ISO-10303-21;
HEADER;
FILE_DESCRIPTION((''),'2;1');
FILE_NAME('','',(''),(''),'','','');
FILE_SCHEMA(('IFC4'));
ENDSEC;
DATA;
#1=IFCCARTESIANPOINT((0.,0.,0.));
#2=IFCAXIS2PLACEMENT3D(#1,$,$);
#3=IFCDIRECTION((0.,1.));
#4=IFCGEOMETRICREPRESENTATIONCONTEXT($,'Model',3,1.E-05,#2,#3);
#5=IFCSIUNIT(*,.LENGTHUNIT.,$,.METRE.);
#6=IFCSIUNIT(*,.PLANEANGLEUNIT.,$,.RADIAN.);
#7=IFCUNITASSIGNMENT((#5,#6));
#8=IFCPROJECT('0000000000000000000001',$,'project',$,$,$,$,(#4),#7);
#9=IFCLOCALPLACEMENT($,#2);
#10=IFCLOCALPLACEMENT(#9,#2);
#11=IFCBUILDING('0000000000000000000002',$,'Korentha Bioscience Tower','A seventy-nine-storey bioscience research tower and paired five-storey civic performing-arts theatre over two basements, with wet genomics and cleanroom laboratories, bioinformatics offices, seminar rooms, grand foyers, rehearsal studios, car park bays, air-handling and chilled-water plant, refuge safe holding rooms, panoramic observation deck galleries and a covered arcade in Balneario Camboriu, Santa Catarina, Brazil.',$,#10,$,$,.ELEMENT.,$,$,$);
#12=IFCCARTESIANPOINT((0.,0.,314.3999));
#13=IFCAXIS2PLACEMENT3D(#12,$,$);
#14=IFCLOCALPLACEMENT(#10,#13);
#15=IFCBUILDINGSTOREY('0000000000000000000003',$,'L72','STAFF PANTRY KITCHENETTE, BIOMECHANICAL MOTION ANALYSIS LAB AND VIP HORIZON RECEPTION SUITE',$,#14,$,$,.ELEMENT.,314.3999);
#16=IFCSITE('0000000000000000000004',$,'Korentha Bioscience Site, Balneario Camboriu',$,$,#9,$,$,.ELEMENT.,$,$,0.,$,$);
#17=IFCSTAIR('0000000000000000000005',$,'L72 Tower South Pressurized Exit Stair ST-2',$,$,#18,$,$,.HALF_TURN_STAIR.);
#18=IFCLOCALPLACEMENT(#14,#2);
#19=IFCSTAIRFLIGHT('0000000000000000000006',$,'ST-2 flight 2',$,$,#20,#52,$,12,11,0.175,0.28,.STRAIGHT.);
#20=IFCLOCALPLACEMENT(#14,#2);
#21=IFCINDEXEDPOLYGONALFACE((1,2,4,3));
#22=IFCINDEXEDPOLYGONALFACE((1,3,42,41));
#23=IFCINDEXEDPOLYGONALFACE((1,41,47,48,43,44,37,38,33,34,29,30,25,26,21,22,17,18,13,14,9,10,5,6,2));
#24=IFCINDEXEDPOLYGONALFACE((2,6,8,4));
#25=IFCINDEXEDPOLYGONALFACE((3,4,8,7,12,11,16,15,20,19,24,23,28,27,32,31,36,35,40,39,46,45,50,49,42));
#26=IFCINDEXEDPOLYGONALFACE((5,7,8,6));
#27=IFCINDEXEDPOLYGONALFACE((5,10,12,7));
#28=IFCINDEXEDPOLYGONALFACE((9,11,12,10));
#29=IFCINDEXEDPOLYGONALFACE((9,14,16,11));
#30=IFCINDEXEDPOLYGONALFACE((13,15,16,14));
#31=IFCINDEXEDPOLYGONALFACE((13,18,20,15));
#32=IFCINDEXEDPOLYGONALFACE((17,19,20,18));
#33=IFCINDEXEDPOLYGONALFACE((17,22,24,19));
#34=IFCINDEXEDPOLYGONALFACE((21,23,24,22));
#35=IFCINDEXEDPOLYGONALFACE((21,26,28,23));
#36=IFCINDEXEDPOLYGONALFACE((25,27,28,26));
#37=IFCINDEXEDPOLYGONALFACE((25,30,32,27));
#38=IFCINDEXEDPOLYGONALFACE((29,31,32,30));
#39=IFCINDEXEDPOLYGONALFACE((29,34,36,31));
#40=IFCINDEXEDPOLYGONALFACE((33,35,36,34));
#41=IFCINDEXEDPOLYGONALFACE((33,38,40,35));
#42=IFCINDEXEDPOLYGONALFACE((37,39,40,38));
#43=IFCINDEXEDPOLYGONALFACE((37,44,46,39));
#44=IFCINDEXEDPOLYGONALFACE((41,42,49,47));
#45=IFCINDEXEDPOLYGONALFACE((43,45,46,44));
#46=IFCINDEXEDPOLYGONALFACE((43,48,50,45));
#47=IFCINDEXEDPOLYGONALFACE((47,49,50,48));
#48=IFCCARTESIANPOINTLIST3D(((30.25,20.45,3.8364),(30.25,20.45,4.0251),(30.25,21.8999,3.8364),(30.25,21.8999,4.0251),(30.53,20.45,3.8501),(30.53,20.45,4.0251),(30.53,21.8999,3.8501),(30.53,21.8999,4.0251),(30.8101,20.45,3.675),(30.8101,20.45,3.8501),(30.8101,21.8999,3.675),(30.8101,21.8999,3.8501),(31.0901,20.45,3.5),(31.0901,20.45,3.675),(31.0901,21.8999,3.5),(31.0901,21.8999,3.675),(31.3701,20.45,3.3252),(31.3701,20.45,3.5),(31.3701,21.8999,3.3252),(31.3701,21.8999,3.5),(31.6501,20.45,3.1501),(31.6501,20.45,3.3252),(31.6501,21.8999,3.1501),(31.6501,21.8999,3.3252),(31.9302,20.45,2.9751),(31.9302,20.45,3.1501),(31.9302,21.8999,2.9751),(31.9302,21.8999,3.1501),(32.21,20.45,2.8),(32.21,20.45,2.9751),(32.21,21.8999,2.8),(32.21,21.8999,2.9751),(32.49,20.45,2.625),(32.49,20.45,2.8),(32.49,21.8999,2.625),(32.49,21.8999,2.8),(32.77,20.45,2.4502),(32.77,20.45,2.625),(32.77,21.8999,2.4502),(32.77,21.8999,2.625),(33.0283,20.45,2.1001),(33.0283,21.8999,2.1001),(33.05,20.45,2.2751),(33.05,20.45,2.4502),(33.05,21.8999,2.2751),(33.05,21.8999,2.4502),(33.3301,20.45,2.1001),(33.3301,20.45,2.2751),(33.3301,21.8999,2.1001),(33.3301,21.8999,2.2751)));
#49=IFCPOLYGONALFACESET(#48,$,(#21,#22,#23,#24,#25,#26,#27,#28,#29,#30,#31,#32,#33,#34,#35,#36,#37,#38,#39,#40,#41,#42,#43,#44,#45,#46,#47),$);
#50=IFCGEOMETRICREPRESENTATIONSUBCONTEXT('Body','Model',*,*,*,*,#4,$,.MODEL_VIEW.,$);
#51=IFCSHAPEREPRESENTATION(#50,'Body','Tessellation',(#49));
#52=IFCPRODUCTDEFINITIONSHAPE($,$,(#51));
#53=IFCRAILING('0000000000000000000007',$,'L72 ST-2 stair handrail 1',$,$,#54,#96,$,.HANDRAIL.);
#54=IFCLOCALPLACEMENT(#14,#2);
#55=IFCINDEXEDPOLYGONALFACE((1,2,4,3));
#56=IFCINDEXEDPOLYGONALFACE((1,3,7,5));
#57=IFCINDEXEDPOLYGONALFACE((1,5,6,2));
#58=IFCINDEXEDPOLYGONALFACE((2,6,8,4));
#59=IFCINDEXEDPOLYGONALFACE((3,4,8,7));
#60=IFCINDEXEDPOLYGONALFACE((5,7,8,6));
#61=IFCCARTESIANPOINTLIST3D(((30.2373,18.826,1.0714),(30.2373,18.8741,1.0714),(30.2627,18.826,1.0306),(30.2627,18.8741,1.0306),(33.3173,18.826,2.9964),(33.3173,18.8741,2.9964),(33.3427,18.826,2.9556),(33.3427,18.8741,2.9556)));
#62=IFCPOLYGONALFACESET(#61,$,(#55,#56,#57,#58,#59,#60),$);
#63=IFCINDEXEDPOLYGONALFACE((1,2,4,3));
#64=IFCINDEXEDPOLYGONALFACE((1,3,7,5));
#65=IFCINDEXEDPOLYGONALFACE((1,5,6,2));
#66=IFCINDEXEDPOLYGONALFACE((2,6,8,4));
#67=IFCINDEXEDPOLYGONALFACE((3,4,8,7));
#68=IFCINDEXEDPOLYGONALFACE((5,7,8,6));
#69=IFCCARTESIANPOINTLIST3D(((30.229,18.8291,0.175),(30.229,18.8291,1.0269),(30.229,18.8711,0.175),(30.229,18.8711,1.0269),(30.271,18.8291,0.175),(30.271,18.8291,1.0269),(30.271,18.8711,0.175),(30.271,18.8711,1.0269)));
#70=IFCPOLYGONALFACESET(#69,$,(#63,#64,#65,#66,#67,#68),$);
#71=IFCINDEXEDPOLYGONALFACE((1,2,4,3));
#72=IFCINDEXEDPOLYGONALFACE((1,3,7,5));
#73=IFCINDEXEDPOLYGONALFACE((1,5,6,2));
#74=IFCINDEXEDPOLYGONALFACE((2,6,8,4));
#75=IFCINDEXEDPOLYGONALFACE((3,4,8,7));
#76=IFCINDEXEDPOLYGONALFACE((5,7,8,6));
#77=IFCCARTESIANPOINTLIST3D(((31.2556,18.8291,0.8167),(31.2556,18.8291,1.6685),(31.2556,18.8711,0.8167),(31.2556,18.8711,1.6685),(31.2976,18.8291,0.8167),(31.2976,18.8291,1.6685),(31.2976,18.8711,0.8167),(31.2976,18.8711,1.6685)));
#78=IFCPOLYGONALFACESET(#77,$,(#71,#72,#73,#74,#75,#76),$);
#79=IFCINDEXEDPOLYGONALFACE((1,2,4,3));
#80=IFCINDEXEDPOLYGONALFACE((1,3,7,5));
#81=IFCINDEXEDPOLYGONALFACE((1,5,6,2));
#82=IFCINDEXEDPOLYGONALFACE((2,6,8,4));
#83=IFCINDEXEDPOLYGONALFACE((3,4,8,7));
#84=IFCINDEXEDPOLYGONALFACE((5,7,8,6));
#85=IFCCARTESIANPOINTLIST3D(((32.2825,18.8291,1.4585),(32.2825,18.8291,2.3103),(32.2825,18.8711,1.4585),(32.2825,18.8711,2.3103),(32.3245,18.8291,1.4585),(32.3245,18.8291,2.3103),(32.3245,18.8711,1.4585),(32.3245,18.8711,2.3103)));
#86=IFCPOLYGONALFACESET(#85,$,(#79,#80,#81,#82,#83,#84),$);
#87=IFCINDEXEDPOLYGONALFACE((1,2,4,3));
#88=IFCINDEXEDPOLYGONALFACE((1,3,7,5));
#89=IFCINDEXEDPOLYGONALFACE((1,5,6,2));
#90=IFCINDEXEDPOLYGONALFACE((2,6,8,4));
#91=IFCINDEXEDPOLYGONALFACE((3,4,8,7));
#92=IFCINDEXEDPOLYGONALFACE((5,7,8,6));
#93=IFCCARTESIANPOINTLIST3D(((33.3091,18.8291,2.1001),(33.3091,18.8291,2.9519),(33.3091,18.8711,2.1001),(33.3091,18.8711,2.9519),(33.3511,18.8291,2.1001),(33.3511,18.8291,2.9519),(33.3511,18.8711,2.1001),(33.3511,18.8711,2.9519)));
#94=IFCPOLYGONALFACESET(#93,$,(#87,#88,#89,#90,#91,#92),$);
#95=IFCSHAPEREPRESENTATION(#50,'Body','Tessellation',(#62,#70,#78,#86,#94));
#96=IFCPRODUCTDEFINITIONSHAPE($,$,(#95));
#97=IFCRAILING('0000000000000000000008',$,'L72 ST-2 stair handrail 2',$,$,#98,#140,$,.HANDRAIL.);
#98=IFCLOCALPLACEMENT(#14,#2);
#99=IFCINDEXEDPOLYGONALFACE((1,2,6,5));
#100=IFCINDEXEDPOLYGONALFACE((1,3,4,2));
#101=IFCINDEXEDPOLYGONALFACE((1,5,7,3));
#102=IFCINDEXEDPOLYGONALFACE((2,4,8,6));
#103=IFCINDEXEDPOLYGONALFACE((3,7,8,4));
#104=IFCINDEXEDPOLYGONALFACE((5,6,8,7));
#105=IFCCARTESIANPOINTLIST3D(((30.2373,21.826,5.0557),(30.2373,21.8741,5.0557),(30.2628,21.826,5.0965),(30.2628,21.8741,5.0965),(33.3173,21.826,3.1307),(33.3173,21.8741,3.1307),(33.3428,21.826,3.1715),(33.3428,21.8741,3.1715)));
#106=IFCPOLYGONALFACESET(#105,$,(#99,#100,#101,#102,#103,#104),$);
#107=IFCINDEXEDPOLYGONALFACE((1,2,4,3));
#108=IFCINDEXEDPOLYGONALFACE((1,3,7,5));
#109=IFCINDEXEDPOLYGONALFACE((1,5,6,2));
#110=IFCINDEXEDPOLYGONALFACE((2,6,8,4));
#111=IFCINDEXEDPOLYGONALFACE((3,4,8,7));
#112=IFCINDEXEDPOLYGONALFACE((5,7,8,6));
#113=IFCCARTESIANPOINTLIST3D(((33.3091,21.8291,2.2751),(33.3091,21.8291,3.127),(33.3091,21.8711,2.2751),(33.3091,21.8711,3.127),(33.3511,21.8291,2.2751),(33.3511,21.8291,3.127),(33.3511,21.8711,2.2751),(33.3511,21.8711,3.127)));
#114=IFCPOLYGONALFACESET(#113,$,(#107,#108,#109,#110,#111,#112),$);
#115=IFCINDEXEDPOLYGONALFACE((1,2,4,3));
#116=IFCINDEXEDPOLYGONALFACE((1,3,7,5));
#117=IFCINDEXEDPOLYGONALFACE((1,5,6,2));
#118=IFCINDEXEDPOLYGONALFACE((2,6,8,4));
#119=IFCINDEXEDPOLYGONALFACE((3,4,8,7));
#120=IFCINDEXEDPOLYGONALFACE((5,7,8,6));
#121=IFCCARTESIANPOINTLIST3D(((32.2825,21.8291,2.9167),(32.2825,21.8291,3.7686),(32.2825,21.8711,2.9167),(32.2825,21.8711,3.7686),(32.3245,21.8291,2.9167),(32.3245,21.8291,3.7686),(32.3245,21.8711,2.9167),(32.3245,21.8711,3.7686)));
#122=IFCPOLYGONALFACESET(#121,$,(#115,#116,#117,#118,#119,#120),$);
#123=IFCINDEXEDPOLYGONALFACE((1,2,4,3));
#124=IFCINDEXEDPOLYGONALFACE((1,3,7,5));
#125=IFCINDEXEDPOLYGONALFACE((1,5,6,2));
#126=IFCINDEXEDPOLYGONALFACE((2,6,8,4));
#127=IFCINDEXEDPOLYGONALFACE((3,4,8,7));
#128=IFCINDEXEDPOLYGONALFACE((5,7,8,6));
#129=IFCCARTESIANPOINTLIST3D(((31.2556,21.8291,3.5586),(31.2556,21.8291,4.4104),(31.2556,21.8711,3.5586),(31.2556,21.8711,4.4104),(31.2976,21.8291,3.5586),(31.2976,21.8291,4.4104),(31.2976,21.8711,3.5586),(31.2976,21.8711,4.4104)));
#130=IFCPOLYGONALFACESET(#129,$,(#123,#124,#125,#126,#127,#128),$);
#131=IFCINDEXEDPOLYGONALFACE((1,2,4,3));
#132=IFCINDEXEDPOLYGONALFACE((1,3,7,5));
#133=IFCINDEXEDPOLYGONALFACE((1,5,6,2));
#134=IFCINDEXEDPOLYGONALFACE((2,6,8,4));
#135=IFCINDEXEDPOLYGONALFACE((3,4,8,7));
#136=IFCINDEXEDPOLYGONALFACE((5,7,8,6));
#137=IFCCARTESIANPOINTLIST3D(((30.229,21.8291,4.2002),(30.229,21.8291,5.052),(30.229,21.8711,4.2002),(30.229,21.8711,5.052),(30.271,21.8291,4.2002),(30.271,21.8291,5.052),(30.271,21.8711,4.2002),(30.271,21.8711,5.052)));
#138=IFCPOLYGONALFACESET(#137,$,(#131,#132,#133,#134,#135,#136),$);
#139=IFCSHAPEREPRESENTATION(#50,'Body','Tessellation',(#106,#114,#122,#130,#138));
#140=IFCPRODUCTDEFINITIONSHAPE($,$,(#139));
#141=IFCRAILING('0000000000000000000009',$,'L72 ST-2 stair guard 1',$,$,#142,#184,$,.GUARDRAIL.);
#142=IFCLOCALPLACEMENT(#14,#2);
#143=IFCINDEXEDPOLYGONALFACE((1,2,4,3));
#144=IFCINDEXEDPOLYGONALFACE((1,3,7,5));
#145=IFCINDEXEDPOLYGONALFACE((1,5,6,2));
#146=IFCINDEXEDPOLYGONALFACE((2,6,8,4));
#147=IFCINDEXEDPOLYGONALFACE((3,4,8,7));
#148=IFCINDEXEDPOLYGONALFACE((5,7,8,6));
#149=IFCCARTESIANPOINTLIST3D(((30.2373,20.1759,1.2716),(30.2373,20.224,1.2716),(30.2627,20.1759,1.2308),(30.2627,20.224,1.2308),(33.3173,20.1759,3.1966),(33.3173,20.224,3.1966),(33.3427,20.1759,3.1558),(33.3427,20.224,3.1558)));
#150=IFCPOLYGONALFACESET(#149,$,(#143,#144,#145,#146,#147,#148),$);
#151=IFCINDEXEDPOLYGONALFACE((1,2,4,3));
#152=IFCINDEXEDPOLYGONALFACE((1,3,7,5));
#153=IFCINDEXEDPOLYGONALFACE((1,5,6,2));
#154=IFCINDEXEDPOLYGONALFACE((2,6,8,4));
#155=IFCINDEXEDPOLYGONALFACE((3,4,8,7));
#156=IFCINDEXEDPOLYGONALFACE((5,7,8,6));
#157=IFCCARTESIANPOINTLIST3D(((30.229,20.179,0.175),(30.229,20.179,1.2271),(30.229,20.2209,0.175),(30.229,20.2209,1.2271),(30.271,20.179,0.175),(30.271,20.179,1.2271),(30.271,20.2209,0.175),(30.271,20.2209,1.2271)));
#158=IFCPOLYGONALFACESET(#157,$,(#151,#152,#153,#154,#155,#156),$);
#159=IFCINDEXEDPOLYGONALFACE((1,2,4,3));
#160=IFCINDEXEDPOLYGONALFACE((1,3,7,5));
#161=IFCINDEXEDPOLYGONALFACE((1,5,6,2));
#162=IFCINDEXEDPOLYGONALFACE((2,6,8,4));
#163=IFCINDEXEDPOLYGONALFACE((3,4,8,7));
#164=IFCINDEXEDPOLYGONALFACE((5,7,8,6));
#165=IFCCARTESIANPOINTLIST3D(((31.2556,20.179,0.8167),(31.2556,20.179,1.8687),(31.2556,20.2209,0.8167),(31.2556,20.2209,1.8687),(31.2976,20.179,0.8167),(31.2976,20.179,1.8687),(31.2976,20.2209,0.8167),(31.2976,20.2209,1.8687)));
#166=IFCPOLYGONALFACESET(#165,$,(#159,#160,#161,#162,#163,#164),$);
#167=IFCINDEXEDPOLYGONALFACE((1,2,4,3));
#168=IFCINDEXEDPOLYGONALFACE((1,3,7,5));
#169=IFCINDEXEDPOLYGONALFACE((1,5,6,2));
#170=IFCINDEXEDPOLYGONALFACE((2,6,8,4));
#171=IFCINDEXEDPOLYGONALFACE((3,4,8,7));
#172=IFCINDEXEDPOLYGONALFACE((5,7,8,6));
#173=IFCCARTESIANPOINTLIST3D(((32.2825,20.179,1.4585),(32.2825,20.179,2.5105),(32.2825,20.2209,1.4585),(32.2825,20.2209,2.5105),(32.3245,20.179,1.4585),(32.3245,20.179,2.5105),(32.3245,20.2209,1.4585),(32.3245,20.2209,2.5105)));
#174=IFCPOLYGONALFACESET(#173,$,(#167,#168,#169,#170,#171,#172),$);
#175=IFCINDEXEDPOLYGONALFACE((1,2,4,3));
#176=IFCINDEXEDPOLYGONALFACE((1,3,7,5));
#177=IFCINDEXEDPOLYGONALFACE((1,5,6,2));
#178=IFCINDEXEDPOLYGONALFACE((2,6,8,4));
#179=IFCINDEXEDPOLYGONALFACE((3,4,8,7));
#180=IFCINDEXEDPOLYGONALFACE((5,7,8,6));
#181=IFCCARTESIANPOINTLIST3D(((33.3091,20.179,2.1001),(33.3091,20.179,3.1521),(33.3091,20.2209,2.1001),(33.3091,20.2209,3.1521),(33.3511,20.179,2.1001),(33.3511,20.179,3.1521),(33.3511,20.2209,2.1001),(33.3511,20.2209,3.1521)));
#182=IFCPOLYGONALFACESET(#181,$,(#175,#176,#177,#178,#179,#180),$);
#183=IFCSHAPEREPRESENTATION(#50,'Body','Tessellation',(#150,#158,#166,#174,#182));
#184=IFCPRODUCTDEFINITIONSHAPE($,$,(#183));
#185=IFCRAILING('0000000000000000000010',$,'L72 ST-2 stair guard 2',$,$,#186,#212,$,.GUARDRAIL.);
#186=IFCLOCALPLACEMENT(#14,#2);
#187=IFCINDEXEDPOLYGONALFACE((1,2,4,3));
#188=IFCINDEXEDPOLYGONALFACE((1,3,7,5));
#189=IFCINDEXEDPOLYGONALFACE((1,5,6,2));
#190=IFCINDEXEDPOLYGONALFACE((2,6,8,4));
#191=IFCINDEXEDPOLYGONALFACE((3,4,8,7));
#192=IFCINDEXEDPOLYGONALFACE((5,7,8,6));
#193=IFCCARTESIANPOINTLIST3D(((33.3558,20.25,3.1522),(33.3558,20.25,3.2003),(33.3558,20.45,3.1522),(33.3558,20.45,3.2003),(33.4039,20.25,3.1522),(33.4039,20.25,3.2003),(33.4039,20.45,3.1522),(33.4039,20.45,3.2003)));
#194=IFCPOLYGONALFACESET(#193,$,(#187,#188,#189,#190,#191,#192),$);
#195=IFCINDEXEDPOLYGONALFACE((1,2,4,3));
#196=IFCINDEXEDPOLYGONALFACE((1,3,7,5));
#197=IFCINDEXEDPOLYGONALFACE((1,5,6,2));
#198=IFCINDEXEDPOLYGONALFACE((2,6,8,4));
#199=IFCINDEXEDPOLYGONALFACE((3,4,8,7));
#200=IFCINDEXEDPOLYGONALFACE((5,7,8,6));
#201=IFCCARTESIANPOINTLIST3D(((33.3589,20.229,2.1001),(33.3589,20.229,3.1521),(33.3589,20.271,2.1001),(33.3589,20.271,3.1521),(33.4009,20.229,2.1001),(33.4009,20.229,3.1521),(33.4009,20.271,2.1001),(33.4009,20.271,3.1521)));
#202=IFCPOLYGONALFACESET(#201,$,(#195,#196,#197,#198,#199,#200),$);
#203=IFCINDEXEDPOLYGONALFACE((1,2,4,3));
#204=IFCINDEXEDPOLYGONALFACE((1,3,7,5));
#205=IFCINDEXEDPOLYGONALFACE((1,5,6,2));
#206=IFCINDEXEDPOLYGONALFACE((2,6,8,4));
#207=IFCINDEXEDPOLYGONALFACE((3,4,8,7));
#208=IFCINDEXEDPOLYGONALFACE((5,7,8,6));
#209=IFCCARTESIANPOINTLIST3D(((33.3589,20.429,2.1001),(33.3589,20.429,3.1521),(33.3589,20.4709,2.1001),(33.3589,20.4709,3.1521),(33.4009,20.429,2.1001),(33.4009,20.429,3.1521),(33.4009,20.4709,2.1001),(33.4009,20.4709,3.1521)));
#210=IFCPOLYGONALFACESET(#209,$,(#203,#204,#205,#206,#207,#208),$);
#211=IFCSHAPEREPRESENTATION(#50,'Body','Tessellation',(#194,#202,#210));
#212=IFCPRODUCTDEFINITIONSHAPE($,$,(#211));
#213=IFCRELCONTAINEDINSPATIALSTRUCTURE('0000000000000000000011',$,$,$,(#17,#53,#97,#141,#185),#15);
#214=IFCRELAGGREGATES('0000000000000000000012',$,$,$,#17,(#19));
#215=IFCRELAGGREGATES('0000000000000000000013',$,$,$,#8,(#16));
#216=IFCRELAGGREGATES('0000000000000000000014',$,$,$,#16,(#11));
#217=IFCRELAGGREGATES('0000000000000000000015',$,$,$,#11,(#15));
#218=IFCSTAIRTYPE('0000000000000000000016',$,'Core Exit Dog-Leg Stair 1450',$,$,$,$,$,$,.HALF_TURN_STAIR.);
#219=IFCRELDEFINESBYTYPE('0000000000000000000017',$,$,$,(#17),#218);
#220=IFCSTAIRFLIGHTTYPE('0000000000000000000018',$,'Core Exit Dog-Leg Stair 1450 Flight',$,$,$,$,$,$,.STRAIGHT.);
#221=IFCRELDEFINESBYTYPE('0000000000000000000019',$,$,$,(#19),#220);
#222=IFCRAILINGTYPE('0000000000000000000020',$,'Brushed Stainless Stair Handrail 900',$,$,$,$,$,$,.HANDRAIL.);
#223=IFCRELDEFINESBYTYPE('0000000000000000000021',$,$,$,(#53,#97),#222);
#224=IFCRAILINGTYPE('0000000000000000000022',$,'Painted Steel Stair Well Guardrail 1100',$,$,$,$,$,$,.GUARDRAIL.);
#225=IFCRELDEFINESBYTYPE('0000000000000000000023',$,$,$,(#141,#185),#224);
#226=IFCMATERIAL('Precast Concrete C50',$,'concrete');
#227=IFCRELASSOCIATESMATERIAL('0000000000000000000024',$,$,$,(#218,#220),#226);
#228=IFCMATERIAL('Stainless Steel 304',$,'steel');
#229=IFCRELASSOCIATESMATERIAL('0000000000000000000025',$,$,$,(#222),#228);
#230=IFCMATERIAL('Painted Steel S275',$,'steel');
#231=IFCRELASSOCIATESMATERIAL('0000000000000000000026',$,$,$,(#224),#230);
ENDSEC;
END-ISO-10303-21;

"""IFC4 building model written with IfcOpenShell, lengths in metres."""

from ifc_helpers import new_model, si_unit, direction, frame, origin, origin_2d, place, context, subcontext, project, spatial, polyline, rectangle, outline, extrude, material, type_object, element, aggregate, save


model = new_model("IFC4")

# Units and contexts
model_context = context("Model", 3, precision=1e-05, world=origin(), true_north=direction((0.0, 1.0)))
body_context = subcontext(model_context, "Body", "Model", "MODEL_VIEW")
ifc_project = project(units=[si_unit("LENGTHUNIT", "METRE"), si_unit("PLANEANGLEUNIT", "RADIAN")], contexts=[model_context])

# Site, building, storey
site_placement = place(None, origin())
site = spatial("IfcSite", under=ifc_project, at=site_placement, Name="Korentha Bioscience Site, Balneario Camboriu", CompositionType="ELEMENT", RefElevation=0.0)
building_placement = place(site_placement, origin())
building = spatial("IfcBuilding", under=site, at=building_placement, Name="Korentha Bioscience Tower", Description="A seventy-nine-storey bioscience research tower and paired five-storey civic performing-arts theatre over two basements, with wet genomics and cleanroom laboratories, bioinformatics offices, seminar rooms, grand foyers, rehearsal studios, car park bays, air-handling and chilled-water plant, refuge safe holding rooms, panoramic observation deck galleries and a covered arcade in Balneario Camboriu, Santa Catarina, Brazil.", CompositionType="ELEMENT")
storey_placement = place(building_placement, frame((0.0, 0.0, 314.3999)))
storey = spatial("IfcBuildingStorey", under=building, at=storey_placement, Name="L72", Description="STAFF PANTRY KITCHENETTE, BIOMECHANICAL MOTION ANALYSIS LAB AND VIP HORIZON RECEPTION SUITE", CompositionType="ELEMENT", Elevation=314.3999)

# Stair, stair flight
ifc_material_1 = material(Name="Precast Concrete C50", Category="concrete")
stair_type = type_object("IfcStairType", Name="Core Exit Dog-Leg Stair 1450", PredefinedType="HALF_TURN_STAIR", material=ifc_material_1)
stair_placement = place(storey_placement, origin())
stair = element("IfcStair", 1, at=stair_placement, inside=storey, type_object=stair_type, Name="L72 Tower South Pressurized Exit Stair ST-2", PredefinedType="HALF_TURN_STAIR")
stair_flight_type = type_object("IfcStairFlightType", Name="Core Exit Dog-Leg Stair 1450 Flight", PredefinedType="STRAIGHT", material=ifc_material_1)
stair_flight_1_placement = place(storey_placement, frame((33.3301, 21.175, 2.1001), z_axis=(0.0, 0.0, 1.0), x_axis=(-1.0, 0.0, 0.0)))
stair_flight_1 = element("IfcStairFlight", 2, at=stair_flight_1_placement, type_object=stair_flight_type, Name="ST-2 flight 2", NumberOfRisers=12, NumberOfTreads=11, PredefinedType="STRAIGHT", RiserHeight=0.175, TreadLength=0.28, context=body_context, shape_type="SweptSolid", body=[
    extrude(outline(polyline([(0.0, 0.0), (0.0, 0.175), (0.28, 0.175), (0.28, 0.3501), (0.5601, 0.3501), (0.5601, 0.5249), (0.8401, 0.5249), (0.8401, 0.7), (1.1201, 0.7), (1.1201, 0.875), (1.3999, 0.875), (1.3999, 1.05), (1.6799, 1.05), (1.6799, 1.2251), (1.96, 1.2251), (1.96, 1.3999), (2.24, 1.3999), (2.24, 1.575), (2.52, 1.575), (2.52, 1.75), (2.8, 1.75), (2.8, 1.925), (3.0801, 1.925), (3.0801, 2.1001), (3.0801, 1.7363), (0.3018, 0.0), (0.0, 0.0)])), frame((0.0, 0.7251, 0.0), z_axis=(0.0, -1.0, 0.0), x_axis=(1.0, 0.0, 0.0)), (0.0, 0.0, 1.0), 1.45),
])
aggregate(stair, [stair_flight_1])

# Railings
ifc_material_2 = material(Name="Stainless Steel 304", Category="steel")
railing_type_1 = type_object("IfcRailingType", Name="Brushed Stainless Stair Handrail 900", PredefinedType="HANDRAIL", material=ifc_material_2)
railing_1_placement = place(storey_placement, frame((30.25, 18.8501, 0.175)))
element("IfcRailing", 3, at=railing_1_placement, inside=storey, type_object=railing_type_1, Name="L72 ST-2 stair handrail 1", PredefinedType="HANDRAIL", context=body_context, shape_type="SweptSolid", body=[
    extrude(rectangle(XDim=0.0481, YDim=0.0481, at=origin_2d()), frame((0.0, 0.0, 0.876), z_axis=(0.847998, 0.0, 0.529999), x_axis=(0.0, 1.0, 0.0)), (0.0, 0.0, 1.0), 3.6321),
    extrude(rectangle(XDim=0.042, YDim=0.042, at=origin_2d()), origin(), (0.0, 0.0, 1.0), 0.8518),
    extrude(rectangle(XDim=0.042, YDim=0.042, at=origin_2d()), frame((1.0266, 0.0, 0.6416)), (0.0, 0.0, 1.0), 0.8518),
    extrude(rectangle(XDim=0.042, YDim=0.042, at=origin_2d()), frame((2.0535, 0.0, 1.2834)), (0.0, 0.0, 1.0), 0.8518),
    extrude(rectangle(XDim=0.042, YDim=0.042, at=origin_2d()), frame((3.0801, 0.0, 1.925)), (0.0, 0.0, 1.0), 0.8518),
])
railing_2_placement = place(storey_placement, frame((33.3301, 21.8501, 2.2751)))
element("IfcRailing", 4, at=railing_2_placement, inside=storey, type_object=railing_type_1, Name="L72 ST-2 stair handrail 2", PredefinedType="HANDRAIL", context=body_context, shape_type="SweptSolid", body=[
    extrude(rectangle(XDim=0.0481, YDim=0.0481, at=origin_2d()), frame((0.0, 0.0, 0.876), z_axis=(-0.847998, 0.0, 0.529999), x_axis=(0.0, -1.0, 0.0)), (0.0, 0.0, 1.0), 3.6321),
    extrude(rectangle(XDim=0.042, YDim=0.042, at=origin_2d()), origin(), (0.0, 0.0, 1.0), 0.8518),
    extrude(rectangle(XDim=0.042, YDim=0.042, at=origin_2d()), frame((-1.0266, 0.0, 0.6416)), (0.0, 0.0, 1.0), 0.8518),
    extrude(rectangle(XDim=0.042, YDim=0.042, at=origin_2d()), frame((-2.0535, 0.0, 1.2834)), (0.0, 0.0, 1.0), 0.8518),
    extrude(rectangle(XDim=0.042, YDim=0.042, at=origin_2d()), frame((-3.0801, 0.0, 1.925)), (0.0, 0.0, 1.0), 0.8518),
])
ifc_material_3 = material(Name="Painted Steel S275", Category="steel")
railing_type_2 = type_object("IfcRailingType", Name="Painted Steel Stair Well Guardrail 1100", PredefinedType="GUARDRAIL", material=ifc_material_3)
railing_3_placement = place(storey_placement, frame((30.25, 20.2, 0.175)))
element("IfcRailing", 5, at=railing_3_placement, inside=storey, type_object=railing_type_2, Name="L72 ST-2 stair guard 1", PredefinedType="GUARDRAIL", context=body_context, shape_type="SweptSolid", body=[
    extrude(rectangle(XDim=0.0481, YDim=0.0481, at=origin_2d()), frame((0.0, 0.0, 1.0762), z_axis=(0.847998, 0.0, 0.529999), x_axis=(0.0, 1.0, 0.0)), (0.0, 0.0, 1.0), 3.6321),
    extrude(rectangle(XDim=0.042, YDim=0.042, at=origin_2d()), origin(), (0.0, 0.0, 1.0), 1.052),
    extrude(rectangle(XDim=0.042, YDim=0.042, at=origin_2d()), frame((1.0266, 0.0, 0.6416)), (0.0, 0.0, 1.0), 1.052),
    extrude(rectangle(XDim=0.042, YDim=0.042, at=origin_2d()), frame((2.0535, 0.0, 1.2834)), (0.0, 0.0, 1.0), 1.052),
    extrude(rectangle(XDim=0.042, YDim=0.042, at=origin_2d()), frame((3.0801, 0.0, 1.925)), (0.0, 0.0, 1.0), 1.052),
])
railing_4_placement = place(storey_placement, frame((33.3799, 20.25, 2.1001)))
element("IfcRailing", 6, at=railing_4_placement, inside=storey, type_object=railing_type_2, Name="L72 ST-2 stair guard 2", PredefinedType="GUARDRAIL", context=body_context, shape_type="SweptSolid", body=[
    extrude(rectangle(XDim=0.0481, YDim=0.0481, at=origin_2d()), frame((0.0, 0.0, 1.0762), z_axis=(0.0, 1.0, 0.0), x_axis=(-1.0, 0.0, 0.0)), (0.0, 0.0, 1.0), 0.2),
    extrude(rectangle(XDim=0.042, YDim=0.042, at=origin_2d()), origin(), (0.0, 0.0, 1.0), 1.052),
    extrude(rectangle(XDim=0.042, YDim=0.042, at=origin_2d()), frame((0.0, 0.2, 0.0)), (0.0, 0.0, 1.0), 1.052),
])

save(model, "model.ifc")
